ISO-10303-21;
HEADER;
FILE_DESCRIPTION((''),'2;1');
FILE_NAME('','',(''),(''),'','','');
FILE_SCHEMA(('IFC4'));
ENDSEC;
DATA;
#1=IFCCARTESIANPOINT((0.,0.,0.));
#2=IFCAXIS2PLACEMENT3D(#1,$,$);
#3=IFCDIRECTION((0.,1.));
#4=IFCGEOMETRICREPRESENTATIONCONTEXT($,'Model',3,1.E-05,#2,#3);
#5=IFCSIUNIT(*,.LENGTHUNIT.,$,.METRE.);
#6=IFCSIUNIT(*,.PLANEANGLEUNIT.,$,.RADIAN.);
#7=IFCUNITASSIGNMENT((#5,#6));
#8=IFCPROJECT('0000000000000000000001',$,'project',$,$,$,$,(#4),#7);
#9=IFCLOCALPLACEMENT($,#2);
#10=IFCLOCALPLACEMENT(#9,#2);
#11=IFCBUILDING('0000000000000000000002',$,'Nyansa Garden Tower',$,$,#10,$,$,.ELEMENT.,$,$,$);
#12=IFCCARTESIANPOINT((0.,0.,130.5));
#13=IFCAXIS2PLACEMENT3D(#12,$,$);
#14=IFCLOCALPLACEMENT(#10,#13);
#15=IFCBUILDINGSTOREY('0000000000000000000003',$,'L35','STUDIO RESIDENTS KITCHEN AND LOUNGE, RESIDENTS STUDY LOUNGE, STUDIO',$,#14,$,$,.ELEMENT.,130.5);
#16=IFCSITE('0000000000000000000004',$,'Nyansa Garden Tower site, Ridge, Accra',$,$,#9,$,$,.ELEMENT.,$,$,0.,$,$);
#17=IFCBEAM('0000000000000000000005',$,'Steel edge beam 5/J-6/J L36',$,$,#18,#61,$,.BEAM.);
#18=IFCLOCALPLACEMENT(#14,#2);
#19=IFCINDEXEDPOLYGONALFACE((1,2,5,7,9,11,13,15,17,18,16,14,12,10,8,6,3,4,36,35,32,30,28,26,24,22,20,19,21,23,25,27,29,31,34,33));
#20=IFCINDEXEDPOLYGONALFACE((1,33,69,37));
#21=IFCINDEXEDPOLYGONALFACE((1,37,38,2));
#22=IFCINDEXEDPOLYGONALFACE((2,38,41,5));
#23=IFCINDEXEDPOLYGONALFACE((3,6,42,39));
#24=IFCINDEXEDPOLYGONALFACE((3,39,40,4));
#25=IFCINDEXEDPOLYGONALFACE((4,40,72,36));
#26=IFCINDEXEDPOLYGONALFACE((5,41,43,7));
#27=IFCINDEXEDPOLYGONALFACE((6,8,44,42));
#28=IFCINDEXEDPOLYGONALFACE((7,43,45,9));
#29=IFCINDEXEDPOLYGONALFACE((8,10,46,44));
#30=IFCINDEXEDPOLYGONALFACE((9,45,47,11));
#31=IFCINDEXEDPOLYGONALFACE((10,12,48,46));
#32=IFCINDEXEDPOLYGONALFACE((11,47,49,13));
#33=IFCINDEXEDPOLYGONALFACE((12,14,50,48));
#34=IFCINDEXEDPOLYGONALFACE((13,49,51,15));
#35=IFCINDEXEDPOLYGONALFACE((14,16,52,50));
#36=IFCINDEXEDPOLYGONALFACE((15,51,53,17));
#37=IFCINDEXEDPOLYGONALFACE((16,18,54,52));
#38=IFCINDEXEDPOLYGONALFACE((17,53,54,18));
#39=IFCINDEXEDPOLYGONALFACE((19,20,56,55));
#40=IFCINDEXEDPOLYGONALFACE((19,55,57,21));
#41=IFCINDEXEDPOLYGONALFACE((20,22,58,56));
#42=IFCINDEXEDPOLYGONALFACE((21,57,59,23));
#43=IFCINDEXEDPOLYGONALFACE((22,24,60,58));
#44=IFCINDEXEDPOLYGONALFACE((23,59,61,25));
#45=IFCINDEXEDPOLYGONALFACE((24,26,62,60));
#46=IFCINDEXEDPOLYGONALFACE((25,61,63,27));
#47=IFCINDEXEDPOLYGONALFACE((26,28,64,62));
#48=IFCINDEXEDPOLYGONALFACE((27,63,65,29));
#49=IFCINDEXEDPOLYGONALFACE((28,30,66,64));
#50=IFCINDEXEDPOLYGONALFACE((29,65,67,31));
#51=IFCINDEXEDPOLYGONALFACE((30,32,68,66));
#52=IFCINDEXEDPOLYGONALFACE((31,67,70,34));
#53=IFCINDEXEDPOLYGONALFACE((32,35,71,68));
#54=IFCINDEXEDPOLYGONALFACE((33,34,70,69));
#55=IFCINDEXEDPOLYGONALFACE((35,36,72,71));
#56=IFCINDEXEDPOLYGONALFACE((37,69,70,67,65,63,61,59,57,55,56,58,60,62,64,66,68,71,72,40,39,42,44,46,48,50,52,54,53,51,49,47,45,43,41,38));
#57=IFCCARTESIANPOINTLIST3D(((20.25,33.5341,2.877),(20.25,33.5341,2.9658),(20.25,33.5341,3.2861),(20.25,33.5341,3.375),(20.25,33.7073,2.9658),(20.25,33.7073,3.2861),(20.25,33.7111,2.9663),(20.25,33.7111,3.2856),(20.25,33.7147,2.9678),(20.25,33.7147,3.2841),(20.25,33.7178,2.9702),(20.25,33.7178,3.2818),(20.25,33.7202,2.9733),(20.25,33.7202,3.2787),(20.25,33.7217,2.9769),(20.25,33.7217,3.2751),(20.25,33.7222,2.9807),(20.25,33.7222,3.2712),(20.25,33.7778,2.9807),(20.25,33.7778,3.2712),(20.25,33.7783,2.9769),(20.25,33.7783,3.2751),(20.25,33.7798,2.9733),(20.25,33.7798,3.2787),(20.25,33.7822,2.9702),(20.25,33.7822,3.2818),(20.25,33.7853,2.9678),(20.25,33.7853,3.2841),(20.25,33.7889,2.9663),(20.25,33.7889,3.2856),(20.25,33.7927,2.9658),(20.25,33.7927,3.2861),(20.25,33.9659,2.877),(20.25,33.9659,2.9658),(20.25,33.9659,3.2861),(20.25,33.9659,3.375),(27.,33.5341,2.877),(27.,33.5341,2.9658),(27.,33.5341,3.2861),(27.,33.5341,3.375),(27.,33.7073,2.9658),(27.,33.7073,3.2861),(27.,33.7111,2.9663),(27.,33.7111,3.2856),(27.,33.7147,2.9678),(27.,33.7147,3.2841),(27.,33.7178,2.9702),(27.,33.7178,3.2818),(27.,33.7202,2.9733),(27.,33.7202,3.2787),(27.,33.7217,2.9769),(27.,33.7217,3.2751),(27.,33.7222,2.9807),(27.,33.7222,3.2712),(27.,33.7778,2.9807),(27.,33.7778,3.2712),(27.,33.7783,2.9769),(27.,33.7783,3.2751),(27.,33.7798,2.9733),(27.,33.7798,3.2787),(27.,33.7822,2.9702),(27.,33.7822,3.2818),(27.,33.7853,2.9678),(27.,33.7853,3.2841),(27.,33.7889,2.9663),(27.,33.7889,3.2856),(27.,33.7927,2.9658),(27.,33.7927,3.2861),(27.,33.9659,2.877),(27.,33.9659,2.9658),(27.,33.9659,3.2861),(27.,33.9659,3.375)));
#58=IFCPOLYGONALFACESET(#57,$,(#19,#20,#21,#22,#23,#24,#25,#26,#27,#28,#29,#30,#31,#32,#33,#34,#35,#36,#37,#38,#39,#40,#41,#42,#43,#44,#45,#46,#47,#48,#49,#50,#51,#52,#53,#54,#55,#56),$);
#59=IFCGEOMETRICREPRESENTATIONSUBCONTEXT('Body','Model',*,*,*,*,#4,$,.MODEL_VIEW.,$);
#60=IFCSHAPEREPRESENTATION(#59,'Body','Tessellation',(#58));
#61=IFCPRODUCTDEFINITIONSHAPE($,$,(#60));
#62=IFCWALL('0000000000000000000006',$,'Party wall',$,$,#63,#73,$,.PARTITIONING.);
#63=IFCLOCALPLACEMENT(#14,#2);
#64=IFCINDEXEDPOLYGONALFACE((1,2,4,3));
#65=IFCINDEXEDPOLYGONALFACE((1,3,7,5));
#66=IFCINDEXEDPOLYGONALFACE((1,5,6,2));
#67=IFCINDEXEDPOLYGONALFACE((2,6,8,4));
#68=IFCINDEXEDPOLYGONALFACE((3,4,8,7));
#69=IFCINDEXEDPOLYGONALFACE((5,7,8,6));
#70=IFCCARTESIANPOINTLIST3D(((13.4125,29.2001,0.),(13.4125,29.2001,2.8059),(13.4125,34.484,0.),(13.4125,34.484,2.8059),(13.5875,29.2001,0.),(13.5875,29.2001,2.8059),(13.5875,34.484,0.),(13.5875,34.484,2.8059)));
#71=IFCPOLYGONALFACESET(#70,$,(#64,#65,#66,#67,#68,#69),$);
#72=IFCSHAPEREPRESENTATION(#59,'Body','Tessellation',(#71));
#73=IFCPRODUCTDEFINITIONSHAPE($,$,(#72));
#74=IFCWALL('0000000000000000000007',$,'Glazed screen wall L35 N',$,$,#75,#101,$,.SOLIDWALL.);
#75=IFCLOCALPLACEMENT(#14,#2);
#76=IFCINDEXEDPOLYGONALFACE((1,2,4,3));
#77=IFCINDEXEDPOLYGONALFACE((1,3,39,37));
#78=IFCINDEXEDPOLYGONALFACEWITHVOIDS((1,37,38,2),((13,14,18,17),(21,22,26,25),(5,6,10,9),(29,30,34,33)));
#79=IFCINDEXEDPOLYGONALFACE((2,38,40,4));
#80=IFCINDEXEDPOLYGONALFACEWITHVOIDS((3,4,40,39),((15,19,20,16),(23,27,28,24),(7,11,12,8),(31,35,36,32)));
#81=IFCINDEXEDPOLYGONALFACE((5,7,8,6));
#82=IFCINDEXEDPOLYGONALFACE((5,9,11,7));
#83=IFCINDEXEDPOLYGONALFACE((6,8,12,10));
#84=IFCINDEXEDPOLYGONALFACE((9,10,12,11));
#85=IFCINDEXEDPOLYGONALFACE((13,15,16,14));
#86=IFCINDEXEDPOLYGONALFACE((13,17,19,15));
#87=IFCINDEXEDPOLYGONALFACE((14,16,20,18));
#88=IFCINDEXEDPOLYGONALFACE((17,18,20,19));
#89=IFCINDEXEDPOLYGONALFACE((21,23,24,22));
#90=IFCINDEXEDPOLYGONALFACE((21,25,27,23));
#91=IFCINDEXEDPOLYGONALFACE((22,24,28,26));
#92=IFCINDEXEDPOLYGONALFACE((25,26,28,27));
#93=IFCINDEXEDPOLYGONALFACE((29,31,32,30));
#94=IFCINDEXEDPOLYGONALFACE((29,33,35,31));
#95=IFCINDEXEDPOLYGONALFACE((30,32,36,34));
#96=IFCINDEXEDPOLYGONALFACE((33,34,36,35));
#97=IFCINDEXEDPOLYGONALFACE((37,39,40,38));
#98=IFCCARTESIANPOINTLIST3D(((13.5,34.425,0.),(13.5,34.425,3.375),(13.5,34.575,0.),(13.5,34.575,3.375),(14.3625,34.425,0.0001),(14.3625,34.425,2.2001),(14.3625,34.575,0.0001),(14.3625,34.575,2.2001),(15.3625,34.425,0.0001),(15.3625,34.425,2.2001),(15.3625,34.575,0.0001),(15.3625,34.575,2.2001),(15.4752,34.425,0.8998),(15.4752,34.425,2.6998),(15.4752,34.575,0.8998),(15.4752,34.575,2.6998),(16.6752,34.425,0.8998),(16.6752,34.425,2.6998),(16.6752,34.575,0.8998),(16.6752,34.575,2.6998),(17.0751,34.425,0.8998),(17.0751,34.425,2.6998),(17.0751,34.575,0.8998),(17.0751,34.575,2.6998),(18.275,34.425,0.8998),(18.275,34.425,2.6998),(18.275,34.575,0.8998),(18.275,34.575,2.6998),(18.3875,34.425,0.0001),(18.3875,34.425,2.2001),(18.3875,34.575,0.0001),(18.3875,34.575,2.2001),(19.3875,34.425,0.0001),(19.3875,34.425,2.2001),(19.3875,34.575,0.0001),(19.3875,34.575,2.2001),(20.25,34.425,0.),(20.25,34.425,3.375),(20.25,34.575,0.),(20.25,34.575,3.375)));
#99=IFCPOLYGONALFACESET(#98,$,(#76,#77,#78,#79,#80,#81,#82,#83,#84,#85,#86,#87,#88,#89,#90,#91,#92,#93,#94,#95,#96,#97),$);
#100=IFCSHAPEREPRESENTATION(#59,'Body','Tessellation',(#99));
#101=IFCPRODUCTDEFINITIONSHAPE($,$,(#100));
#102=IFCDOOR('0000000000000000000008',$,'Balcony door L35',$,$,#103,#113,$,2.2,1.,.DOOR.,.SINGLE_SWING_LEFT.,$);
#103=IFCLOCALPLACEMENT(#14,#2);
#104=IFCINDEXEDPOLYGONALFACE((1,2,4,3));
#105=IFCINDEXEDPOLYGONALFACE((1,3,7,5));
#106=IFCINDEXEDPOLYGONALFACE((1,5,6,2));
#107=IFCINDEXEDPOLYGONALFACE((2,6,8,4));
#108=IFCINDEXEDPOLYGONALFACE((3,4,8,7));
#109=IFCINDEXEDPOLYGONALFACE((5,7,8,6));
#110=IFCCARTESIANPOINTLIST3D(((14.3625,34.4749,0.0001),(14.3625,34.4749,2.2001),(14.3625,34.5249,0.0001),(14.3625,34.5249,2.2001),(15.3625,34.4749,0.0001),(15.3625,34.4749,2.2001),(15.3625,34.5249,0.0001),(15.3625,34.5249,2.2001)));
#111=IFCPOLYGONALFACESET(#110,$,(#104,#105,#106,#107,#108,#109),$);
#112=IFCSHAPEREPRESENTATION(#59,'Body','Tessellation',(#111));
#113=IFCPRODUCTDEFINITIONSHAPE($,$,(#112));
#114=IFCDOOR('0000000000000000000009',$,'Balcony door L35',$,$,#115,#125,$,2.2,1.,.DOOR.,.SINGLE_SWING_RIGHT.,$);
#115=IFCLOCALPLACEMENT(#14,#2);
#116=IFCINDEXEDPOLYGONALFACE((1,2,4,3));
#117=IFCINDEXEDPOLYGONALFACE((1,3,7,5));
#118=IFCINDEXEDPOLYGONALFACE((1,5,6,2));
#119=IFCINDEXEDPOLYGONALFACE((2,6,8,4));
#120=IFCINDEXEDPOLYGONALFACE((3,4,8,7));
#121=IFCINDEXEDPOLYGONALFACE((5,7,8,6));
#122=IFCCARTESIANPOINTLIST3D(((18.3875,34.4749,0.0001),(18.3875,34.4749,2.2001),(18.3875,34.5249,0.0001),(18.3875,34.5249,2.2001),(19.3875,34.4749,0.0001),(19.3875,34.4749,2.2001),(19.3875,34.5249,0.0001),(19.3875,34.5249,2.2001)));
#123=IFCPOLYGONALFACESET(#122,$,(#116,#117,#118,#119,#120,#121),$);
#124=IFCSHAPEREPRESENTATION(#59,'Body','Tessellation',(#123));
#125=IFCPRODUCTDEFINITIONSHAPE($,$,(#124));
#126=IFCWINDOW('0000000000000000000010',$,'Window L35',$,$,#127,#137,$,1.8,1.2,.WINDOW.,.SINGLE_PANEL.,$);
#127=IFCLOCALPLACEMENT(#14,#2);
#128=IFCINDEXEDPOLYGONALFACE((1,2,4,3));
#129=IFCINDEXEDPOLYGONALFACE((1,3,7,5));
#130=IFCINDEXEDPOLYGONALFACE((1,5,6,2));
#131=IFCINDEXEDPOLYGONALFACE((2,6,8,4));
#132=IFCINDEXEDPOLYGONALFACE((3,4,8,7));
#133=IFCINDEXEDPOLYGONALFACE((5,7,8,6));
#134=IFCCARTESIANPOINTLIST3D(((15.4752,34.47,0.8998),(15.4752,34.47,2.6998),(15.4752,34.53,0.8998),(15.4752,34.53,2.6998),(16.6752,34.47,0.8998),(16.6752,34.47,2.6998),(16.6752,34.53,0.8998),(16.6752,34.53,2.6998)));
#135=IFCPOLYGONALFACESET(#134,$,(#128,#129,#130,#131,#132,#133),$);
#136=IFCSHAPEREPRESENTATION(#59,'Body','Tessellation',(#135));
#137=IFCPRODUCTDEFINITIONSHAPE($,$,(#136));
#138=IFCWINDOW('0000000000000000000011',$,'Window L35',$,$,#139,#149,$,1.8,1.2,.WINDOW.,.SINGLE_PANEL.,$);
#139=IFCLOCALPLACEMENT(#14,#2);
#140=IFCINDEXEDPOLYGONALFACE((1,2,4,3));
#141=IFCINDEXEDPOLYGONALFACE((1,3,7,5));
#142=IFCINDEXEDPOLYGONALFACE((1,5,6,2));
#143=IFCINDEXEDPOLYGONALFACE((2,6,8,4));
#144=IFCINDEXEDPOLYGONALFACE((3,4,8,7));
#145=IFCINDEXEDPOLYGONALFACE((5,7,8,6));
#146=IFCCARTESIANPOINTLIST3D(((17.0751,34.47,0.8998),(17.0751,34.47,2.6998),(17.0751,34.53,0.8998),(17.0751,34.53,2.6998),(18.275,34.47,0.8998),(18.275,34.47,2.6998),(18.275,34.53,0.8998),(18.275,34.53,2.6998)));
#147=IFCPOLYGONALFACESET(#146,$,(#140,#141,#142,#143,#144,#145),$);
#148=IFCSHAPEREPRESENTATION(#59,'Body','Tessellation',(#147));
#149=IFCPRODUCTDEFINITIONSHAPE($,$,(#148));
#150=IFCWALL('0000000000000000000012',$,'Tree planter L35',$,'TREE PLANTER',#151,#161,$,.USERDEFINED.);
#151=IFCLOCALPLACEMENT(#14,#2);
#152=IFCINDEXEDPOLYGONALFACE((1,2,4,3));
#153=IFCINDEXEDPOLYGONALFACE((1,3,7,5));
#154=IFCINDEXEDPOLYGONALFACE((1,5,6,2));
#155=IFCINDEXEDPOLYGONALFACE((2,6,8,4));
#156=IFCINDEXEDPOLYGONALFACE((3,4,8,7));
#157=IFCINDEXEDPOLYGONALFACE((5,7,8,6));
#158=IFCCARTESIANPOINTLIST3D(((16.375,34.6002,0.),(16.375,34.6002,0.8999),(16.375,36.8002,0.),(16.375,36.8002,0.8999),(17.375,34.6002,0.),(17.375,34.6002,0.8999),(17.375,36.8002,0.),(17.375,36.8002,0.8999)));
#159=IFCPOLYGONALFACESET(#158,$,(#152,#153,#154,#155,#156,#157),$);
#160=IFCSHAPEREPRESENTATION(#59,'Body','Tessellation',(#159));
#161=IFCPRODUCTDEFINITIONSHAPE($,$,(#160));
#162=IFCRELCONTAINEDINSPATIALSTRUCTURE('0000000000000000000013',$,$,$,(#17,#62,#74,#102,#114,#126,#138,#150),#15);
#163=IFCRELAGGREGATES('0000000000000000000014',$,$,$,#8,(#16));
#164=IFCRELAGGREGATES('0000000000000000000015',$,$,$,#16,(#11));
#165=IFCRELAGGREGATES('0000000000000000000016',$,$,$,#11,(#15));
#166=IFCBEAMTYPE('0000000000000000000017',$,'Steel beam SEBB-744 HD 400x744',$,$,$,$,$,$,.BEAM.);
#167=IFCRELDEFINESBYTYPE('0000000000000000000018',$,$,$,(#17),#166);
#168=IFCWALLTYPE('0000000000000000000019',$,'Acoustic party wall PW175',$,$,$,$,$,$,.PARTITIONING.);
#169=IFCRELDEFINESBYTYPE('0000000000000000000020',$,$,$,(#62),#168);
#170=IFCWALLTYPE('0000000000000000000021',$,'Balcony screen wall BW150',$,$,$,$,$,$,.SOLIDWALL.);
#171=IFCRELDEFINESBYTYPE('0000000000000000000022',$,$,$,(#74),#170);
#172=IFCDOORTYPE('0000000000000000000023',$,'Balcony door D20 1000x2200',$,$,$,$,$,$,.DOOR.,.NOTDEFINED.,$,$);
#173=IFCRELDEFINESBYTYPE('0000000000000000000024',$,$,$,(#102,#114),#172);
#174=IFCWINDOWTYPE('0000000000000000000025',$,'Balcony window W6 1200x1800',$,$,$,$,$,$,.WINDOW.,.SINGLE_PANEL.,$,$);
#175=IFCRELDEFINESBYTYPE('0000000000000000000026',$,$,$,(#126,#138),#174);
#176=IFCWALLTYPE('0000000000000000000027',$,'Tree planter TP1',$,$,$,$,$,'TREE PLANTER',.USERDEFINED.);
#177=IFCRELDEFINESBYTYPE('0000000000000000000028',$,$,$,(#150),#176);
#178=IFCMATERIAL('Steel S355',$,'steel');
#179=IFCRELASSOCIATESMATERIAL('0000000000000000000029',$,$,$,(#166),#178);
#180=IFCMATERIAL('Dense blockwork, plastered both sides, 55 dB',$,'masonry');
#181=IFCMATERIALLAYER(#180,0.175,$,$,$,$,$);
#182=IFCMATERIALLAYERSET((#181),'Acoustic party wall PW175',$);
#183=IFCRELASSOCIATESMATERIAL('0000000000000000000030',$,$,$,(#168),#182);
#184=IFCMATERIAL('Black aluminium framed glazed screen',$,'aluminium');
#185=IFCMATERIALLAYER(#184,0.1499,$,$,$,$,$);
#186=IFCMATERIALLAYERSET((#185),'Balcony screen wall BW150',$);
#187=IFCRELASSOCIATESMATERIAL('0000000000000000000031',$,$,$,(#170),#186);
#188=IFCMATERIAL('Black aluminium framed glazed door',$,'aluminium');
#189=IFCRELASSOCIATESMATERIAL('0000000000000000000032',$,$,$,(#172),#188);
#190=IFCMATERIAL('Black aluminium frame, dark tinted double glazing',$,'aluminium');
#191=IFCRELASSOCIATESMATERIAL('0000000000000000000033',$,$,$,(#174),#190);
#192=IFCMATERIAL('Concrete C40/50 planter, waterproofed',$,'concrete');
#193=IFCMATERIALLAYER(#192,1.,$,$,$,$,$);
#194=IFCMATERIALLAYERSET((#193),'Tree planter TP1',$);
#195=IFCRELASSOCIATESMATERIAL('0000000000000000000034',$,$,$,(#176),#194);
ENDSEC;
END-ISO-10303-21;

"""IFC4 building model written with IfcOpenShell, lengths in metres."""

from ifc_helpers import new_model, si_unit, direction, frame, frame_2d, origin, origin_2d, place, context, subcontext, project, spatial, rectangle, i_section, extrude, material, layer, layer_set, material_profile, profile_set, type_object, element, fill, save


model = new_model("IFC4")

# Units and contexts
model_context = context("Model", 3, precision=1e-05, world=origin(), true_north=direction((0.0, 1.0)))
body_context = subcontext(model_context, "Body", "Model", "MODEL_VIEW")
ifc_project = project(units=[si_unit("LENGTHUNIT", "METRE"), si_unit("PLANEANGLEUNIT", "RADIAN")], contexts=[model_context])

# Site, building, storey
site_placement = place(None, origin())
site = spatial("IfcSite", under=ifc_project, at=site_placement, Name="Nyansa Garden Tower site, Ridge, Accra", CompositionType="ELEMENT", RefElevation=0.0)
building_placement = place(site_placement, origin())
building = spatial("IfcBuilding", under=site, at=building_placement, Name="Nyansa Garden Tower", CompositionType="ELEMENT")
storey_placement = place(building_placement, frame((0.0, 0.0, 130.5)))
storey = spatial("IfcBuildingStorey", under=building, at=storey_placement, Name="L35", Description="STUDIO RESIDENTS KITCHEN AND LOUNGE, RESIDENTS STUDY LOUNGE, STUDIO", CompositionType="ELEMENT", Elevation=130.5)

# Beam
ifc_material_1 = material(Name="Steel S355", Category="steel")
ifc_material_profile_1 = material_profile(ifc_material_1, i_section(OverallWidth=0.4319, OverallDepth=0.498, WebThickness=0.0557, FlangeThickness=0.0889, FilletRadius=0.0149, at=origin_2d()), Name="HD 400x744")
ifc_profile_set_1 = profile_set([ifc_material_profile_1], Name="Steel S355")
beam_type_1 = type_object("IfcBeamType", Name="Steel beam SEBB-744 HD 400x744", PredefinedType="BEAM", material=ifc_profile_set_1)
for number, where, z_axis, x_axis, name in (
    (1, (20.25, 33.75, 3.126), (1.0, 0.0, 0.0), (0.0, 1.0, 0.0), "Steel edge beam 5/J-6/J L36"),
):
    element("IfcBeam", number, at=place(storey_placement, frame(where, z_axis=z_axis, x_axis=x_axis)), inside=storey, type_object=beam_type_1, Name=name, PredefinedType="BEAM", context=body_context, shape_type="SweptSolid", body=[
        extrude(i_section(OverallWidth=0.4319, OverallDepth=0.498, WebThickness=0.0557, FlangeThickness=0.0889, FilletRadius=0.0149, at=origin_2d()), origin(), (0.0, 0.0, 1.0), 6.75),
    ])

# Wall
ifc_material_2 = material(Name="Dense blockwork, plastered both sides, 55 dB", Category="masonry")
ifc_layer_1 = layer(ifc_material_2, 0.175)
ifc_layer_set_1 = layer_set([ifc_layer_1], Name="Acoustic party wall PW175")
wall_type_1 = type_object("IfcWallType", Name="Acoustic party wall PW175", PredefinedType="PARTITIONING", material=ifc_layer_set_1)
wall_1_placement = place(storey_placement, frame((13.5, 29.2, 0.0), z_axis=(0.0, 0.0, 1.0), x_axis=(0.0, 1.0, 0.0)))
element("IfcWall", 2, at=wall_1_placement, inside=storey, type_object=wall_type_1, Name="Party wall", PredefinedType="PARTITIONING", context=body_context, shape_type="SweptSolid", body=[
    extrude(rectangle(XDim=5.2839, YDim=0.175, at=frame_2d((2.6421, 0.0))), origin(), (0.0, 0.0, 1.0), 2.8059),
])

# Wall, openings, doors, windows
ifc_material_3 = material(Name="Black aluminium framed glazed screen", Category="aluminium")
ifc_layer_2 = layer(ifc_material_3, 0.1499)
ifc_layer_set_2 = layer_set([ifc_layer_2], Name="Balcony screen wall BW150")
wall_type_2 = type_object("IfcWallType", Name="Balcony screen wall BW150", PredefinedType="SOLIDWALL", material=ifc_layer_set_2)
wall_2_placement = place(storey_placement, frame((13.5, 34.5, 0.0), z_axis=(0.0, 0.0, 1.0), x_axis=(1.0, 0.0, 0.0)))
wall_2 = element("IfcWall", 3, at=wall_2_placement, inside=storey, type_object=wall_type_2, Name="Glazed screen wall L35 N", PredefinedType="SOLIDWALL", context=body_context, shape_type="SweptSolid", body=[
    extrude(rectangle(XDim=6.75, YDim=0.1499, at=frame_2d((3.375, 0.0))), origin(), (0.0, 0.0, 1.0), 3.375),
])
opening_1_placement = place(wall_2_placement, frame((0.8625, 0.0, 0.0)))
opening_1 = element("IfcOpeningElement", 4, at=opening_1_placement, cuts=wall_2, PredefinedType="OPENING", context=body_context, shape_type="SweptSolid", body=[
    extrude(rectangle(XDim=1.0, YDim=2.2, at=frame_2d((0.5, 1.1001))), frame((0.0, 0.085, 0.0), z_axis=(0.0, -1.0, 0.0), x_axis=(1.0, 0.0, 0.0)), (0.0, 0.0, 1.0), 0.1699),
])
opening_2_placement = place(wall_2_placement, frame((1.9751, 0.0, 0.8999)))
opening_2 = element("IfcOpeningElement", 5, at=opening_2_placement, cuts=wall_2, PredefinedType="OPENING", context=body_context, shape_type="SweptSolid", body=[
    extrude(rectangle(XDim=1.2, YDim=1.8, at=frame_2d((0.6001, 0.8999))), frame((0.0, 0.085, 0.0), z_axis=(0.0, -1.0, 0.0), x_axis=(1.0, 0.0, 0.0)), (0.0, 0.0, 1.0), 0.1699),
])
opening_3_placement = place(wall_2_placement, frame((4.8875, 0.0, 0.0)))
opening_3 = element("IfcOpeningElement", 6, at=opening_3_placement, cuts=wall_2, PredefinedType="OPENING", context=body_context, shape_type="SweptSolid", body=[
    extrude(rectangle(XDim=1.0, YDim=2.2, at=frame_2d((0.5, 1.1001))), frame((0.0, 0.085, 0.0), z_axis=(0.0, -1.0, 0.0), x_axis=(1.0, 0.0, 0.0)), (0.0, 0.0, 1.0), 0.1699),
])
opening_4_placement = place(wall_2_placement, frame((3.575, 0.0, 0.8999)))
opening_4 = element("IfcOpeningElement", 7, at=opening_4_placement, cuts=wall_2, PredefinedType="OPENING", context=body_context, shape_type="SweptSolid", body=[
    extrude(rectangle(XDim=1.2, YDim=1.8, at=frame_2d((0.6001, 0.8999))), frame((0.0, 0.085, 0.0), z_axis=(0.0, -1.0, 0.0), x_axis=(1.0, 0.0, 0.0)), (0.0, 0.0, 1.0), 0.1699),
])
ifc_material_4 = material(Name="Black aluminium framed glazed door", Category="aluminium")
door_type_1 = type_object("IfcDoorType", Name="Balcony door D20 1000x2200", OperationType="NOTDEFINED", PredefinedType="DOOR", material=ifc_material_4)
door_1_placement = place(opening_1_placement, origin())
door_1 = element("IfcDoor", 8, at=door_1_placement, inside=storey, type_object=door_type_1, Name="Balcony door L35", OperationType="SINGLE_SWING_LEFT", OverallHeight=2.2, OverallWidth=1.0, PredefinedType="DOOR", context=body_context, shape_type="SweptSolid", body=[
    extrude(rectangle(XDim=1.0, YDim=2.2, at=frame_2d((0.5, 1.1001))), frame((0.0, 0.0249, 0.0), z_axis=(0.0, -1.0, 0.0), x_axis=(1.0, 0.0, 0.0)), (0.0, 0.0, 1.0), 0.05),
])
fill(opening_1, door_1)
door_2_placement = place(opening_3_placement, origin())
door_2 = element("IfcDoor", 9, at=door_2_placement, inside=storey, type_object=door_type_1, Name="Balcony door L35", OperationType="SINGLE_SWING_RIGHT", OverallHeight=2.2, OverallWidth=1.0, PredefinedType="DOOR", context=body_context, shape_type="SweptSolid", body=[
    extrude(rectangle(XDim=1.0, YDim=2.2, at=frame_2d((0.5, 1.1001))), frame((0.0, 0.0249, 0.0), z_axis=(0.0, -1.0, 0.0), x_axis=(1.0, 0.0, 0.0)), (0.0, 0.0, 1.0), 0.05),
])
fill(opening_3, door_2)
ifc_material_5 = material(Name="Black aluminium frame, dark tinted double glazing", Category="aluminium")
window_type = type_object("IfcWindowType", Name="Balcony window W6 1200x1800", PartitioningType="SINGLE_PANEL", PredefinedType="WINDOW", material=ifc_material_5)
window_1_placement = place(opening_2_placement, origin())
window_1 = element("IfcWindow", 10, at=window_1_placement, inside=storey, type_object=window_type, Name="Window L35", OverallHeight=1.8, OverallWidth=1.2, PartitioningType="SINGLE_PANEL", PredefinedType="WINDOW", context=body_context, shape_type="SweptSolid", body=[
    extrude(rectangle(XDim=1.2, YDim=1.8, at=frame_2d((0.6001, 0.8999))), frame((0.0, 0.03, 0.0), z_axis=(0.0, -1.0, 0.0), x_axis=(1.0, 0.0, 0.0)), (0.0, 0.0, 1.0), 0.0601),
])
fill(opening_2, window_1)
window_2_placement = place(opening_4_placement, origin())
window_2 = element("IfcWindow", 11, at=window_2_placement, inside=storey, type_object=window_type, Name="Window L35", OverallHeight=1.8, OverallWidth=1.2, PartitioningType="SINGLE_PANEL", PredefinedType="WINDOW", context=body_context, shape_type="SweptSolid", body=[
    extrude(rectangle(XDim=1.2, YDim=1.8, at=frame_2d((0.6001, 0.8999))), frame((0.0, 0.03, 0.0), z_axis=(0.0, -1.0, 0.0), x_axis=(1.0, 0.0, 0.0)), (0.0, 0.0, 1.0), 0.0601),
])
fill(opening_4, window_2)

# Wall
ifc_material_6 = material(Name="Concrete C40/50 planter, waterproofed", Category="concrete")
ifc_layer_3 = layer(ifc_material_6, 1.0)
ifc_layer_set_3 = layer_set([ifc_layer_3], Name="Tree planter TP1")
wall_type_3 = type_object("IfcWallType", Name="Tree planter TP1", ElementType="TREE PLANTER", PredefinedType="USERDEFINED", material=ifc_layer_set_3)
wall_3_placement = place(storey_placement, frame((16.875, 34.6001, 0.0), z_axis=(0.0, 0.0, 1.0), x_axis=(0.0, 1.0, 0.0)))
element("IfcWall", 12, at=wall_3_placement, inside=storey, type_object=wall_type_3, Name="Tree planter L35", ObjectType="TREE PLANTER", PredefinedType="USERDEFINED", context=body_context, shape_type="SweptSolid", body=[
    extrude(rectangle(XDim=2.2, YDim=1.0, at=frame_2d((1.1001, 0.0))), origin(), (0.0, 0.0, 1.0), 0.8999),
])

save(model, "model.ifc")
